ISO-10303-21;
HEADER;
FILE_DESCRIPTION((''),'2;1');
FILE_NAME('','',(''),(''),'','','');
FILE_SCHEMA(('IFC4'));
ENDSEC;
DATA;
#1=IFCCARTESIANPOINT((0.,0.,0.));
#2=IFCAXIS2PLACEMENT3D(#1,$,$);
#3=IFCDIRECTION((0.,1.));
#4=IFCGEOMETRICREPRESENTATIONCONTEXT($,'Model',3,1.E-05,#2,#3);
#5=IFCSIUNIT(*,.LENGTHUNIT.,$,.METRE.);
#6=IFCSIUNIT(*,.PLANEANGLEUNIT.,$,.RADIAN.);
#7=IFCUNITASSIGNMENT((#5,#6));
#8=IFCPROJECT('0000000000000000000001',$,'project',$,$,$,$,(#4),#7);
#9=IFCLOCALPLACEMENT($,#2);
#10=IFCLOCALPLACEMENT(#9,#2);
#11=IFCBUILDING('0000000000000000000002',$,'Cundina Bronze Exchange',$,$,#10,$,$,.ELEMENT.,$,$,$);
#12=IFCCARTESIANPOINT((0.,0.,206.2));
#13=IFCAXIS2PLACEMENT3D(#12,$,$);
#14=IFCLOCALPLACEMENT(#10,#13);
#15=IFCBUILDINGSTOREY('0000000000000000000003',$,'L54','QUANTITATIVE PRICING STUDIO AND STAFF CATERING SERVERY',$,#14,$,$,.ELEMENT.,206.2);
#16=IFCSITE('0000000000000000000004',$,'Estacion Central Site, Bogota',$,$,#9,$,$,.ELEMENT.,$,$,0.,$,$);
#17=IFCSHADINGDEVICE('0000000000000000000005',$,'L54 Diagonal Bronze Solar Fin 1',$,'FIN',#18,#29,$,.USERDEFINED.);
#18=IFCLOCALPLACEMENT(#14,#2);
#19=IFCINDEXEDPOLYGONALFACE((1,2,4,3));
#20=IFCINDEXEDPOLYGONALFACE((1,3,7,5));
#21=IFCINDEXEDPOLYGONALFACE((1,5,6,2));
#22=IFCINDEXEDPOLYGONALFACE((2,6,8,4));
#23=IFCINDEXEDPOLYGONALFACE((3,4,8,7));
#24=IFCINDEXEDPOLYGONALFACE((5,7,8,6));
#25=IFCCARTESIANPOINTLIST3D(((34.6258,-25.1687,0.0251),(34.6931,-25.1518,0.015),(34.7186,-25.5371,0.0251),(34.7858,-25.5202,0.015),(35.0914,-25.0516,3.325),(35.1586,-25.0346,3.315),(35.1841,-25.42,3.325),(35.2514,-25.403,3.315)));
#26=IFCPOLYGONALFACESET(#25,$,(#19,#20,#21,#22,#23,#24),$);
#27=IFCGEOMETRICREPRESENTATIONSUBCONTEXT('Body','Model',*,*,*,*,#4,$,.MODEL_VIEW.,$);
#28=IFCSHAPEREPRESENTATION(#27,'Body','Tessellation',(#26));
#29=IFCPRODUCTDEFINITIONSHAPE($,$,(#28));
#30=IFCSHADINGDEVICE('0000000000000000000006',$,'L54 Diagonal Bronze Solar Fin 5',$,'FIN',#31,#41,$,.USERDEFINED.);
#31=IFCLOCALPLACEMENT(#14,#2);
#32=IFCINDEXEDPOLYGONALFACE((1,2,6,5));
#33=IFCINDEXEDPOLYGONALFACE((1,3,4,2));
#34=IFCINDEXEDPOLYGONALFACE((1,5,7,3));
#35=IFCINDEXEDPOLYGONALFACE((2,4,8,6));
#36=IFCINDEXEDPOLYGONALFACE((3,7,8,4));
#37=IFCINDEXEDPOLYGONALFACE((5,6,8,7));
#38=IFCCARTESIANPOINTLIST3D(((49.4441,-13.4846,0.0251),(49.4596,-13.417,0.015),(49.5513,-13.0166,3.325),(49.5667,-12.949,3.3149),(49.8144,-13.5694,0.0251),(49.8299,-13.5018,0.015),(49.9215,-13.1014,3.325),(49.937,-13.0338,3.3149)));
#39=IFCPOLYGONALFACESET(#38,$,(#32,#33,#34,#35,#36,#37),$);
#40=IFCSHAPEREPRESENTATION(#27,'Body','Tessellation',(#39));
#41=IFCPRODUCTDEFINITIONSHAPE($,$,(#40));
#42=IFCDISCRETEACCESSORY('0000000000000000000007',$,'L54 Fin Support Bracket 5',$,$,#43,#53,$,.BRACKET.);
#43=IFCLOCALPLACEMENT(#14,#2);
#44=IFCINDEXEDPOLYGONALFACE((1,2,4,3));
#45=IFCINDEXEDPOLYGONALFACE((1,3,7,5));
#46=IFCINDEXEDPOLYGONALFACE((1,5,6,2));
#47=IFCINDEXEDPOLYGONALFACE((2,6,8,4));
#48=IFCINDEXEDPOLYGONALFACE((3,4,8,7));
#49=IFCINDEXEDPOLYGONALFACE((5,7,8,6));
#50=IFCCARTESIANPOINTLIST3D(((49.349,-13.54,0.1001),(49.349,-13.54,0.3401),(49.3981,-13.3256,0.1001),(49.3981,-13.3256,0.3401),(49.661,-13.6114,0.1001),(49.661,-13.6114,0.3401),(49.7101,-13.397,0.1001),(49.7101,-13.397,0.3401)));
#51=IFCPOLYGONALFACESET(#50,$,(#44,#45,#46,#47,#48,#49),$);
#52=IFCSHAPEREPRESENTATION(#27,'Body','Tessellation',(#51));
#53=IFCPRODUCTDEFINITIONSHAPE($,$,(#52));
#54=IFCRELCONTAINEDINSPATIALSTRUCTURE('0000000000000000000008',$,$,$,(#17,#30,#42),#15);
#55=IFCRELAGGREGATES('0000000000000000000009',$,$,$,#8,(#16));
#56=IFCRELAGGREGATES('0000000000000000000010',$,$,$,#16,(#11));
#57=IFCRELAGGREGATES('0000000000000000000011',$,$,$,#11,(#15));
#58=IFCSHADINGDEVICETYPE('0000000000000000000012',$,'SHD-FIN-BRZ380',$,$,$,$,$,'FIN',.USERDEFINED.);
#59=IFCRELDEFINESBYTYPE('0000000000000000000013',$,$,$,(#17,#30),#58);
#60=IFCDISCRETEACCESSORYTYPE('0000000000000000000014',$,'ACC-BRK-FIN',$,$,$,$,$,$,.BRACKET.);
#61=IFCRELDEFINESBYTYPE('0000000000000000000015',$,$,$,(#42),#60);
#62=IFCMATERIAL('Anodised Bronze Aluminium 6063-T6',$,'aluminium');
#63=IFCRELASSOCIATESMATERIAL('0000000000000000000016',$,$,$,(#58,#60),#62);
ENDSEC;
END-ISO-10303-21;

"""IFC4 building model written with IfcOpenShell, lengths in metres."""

from ifc_helpers import new_model, si_unit, direction, frame, origin, origin_2d, place, context, subcontext, project, spatial, rectangle, extrude, material, material_profile, profile_set, type_object, element, save


model = new_model("IFC4")

# Units and contexts
model_context = context("Model", 3, precision=1e-05, world=origin(), true_north=direction((0.0, 1.0)))
body_context = subcontext(model_context, "Body", "Model", "MODEL_VIEW")
ifc_project = project(units=[si_unit("LENGTHUNIT", "METRE"), si_unit("PLANEANGLEUNIT", "RADIAN")], contexts=[model_context])

# Site, building, storey
site_placement = place(None, origin())
site = spatial("IfcSite", under=ifc_project, at=site_placement, Name="Estacion Central Site, Bogota", CompositionType="ELEMENT", RefElevation=0.0)
building_placement = place(site_placement, origin())
building = spatial("IfcBuilding", under=site, at=building_placement, Name="Cundina Bronze Exchange", CompositionType="ELEMENT")
storey_placement = place(building_placement, frame((0.0, 0.0, 206.2)))
storey = spatial("IfcBuildingStorey", under=building, at=storey_placement, Name="L54", Description="QUANTITATIVE PRICING STUDIO AND STAFF CATERING SERVERY", CompositionType="ELEMENT", Elevation=206.2)

# Shared definitions
ifc_material_1 = material(Name="Anodised Bronze Aluminium 6063-T6", Category="aluminium")

# Shading devices
ifc_material_profile_1 = material_profile(ifc_material_1, rectangle(XDim=0.0701, YDim=0.3799, at=origin_2d()), Name="FIN70X380", Category="aluminium")
ifc_profile_set_1 = profile_set([ifc_material_profile_1], Name="Anodised Bronze Aluminium 6063-T6")
shading_device_type = type_object("IfcShadingDeviceType", Name="SHD-FIN-BRZ380", ElementType="FIN", PredefinedType="USERDEFINED", material=ifc_profile_set_1)
for number, where, z_axis, x_axis, name in (
    (1, (34.7058, -25.3445, 0.02), (0.139612, 0.035141, 0.989583), (-0.95965, -0.241548, 0.143967), "L54 Diagonal Bronze Solar Fin 1"),
    (2, (49.637, -13.4932, 0.02), (0.032139, 0.140344, 0.989581), (-0.220899, -0.964611, 0.143977), "L54 Diagonal Bronze Solar Fin 5"),
):
    element("IfcShadingDevice", number, at=place(storey_placement, frame(where, z_axis=z_axis, x_axis=x_axis)), inside=storey, type_object=shading_device_type, Name=name, ObjectType="FIN", PredefinedType="USERDEFINED", context=body_context, shape_type="SweptSolid", body=[
        extrude(rectangle(XDim=0.0701, YDim=0.3799, at=origin_2d()), origin(), (0.0, 0.0, 1.0), 3.3347),
    ])

# Discrete accessory
discrete_accessory_type = type_object("IfcDiscreteAccessoryType", Name="ACC-BRK-FIN", PredefinedType="BRACKET", material=ifc_material_1)
discrete_accessory_placement = place(storey_placement, frame((49.5295, -13.4685, 0.1001), z_axis=(0.0, 0.0, 1.0), x_axis=(0.223284, 0.974753, 0.0)))
element("IfcDiscreteAccessory", 3, at=discrete_accessory_placement, inside=storey, type_object=discrete_accessory_type, Name="L54 Fin Support Bracket 5", PredefinedType="BRACKET", context=body_context, shape_type="SweptSolid", body=[
    extrude(rectangle(XDim=0.22, YDim=0.3201, at=origin_2d()), origin(), (0.0, 0.0, 1.0), 0.24),
])

save(model, "model.ifc")
